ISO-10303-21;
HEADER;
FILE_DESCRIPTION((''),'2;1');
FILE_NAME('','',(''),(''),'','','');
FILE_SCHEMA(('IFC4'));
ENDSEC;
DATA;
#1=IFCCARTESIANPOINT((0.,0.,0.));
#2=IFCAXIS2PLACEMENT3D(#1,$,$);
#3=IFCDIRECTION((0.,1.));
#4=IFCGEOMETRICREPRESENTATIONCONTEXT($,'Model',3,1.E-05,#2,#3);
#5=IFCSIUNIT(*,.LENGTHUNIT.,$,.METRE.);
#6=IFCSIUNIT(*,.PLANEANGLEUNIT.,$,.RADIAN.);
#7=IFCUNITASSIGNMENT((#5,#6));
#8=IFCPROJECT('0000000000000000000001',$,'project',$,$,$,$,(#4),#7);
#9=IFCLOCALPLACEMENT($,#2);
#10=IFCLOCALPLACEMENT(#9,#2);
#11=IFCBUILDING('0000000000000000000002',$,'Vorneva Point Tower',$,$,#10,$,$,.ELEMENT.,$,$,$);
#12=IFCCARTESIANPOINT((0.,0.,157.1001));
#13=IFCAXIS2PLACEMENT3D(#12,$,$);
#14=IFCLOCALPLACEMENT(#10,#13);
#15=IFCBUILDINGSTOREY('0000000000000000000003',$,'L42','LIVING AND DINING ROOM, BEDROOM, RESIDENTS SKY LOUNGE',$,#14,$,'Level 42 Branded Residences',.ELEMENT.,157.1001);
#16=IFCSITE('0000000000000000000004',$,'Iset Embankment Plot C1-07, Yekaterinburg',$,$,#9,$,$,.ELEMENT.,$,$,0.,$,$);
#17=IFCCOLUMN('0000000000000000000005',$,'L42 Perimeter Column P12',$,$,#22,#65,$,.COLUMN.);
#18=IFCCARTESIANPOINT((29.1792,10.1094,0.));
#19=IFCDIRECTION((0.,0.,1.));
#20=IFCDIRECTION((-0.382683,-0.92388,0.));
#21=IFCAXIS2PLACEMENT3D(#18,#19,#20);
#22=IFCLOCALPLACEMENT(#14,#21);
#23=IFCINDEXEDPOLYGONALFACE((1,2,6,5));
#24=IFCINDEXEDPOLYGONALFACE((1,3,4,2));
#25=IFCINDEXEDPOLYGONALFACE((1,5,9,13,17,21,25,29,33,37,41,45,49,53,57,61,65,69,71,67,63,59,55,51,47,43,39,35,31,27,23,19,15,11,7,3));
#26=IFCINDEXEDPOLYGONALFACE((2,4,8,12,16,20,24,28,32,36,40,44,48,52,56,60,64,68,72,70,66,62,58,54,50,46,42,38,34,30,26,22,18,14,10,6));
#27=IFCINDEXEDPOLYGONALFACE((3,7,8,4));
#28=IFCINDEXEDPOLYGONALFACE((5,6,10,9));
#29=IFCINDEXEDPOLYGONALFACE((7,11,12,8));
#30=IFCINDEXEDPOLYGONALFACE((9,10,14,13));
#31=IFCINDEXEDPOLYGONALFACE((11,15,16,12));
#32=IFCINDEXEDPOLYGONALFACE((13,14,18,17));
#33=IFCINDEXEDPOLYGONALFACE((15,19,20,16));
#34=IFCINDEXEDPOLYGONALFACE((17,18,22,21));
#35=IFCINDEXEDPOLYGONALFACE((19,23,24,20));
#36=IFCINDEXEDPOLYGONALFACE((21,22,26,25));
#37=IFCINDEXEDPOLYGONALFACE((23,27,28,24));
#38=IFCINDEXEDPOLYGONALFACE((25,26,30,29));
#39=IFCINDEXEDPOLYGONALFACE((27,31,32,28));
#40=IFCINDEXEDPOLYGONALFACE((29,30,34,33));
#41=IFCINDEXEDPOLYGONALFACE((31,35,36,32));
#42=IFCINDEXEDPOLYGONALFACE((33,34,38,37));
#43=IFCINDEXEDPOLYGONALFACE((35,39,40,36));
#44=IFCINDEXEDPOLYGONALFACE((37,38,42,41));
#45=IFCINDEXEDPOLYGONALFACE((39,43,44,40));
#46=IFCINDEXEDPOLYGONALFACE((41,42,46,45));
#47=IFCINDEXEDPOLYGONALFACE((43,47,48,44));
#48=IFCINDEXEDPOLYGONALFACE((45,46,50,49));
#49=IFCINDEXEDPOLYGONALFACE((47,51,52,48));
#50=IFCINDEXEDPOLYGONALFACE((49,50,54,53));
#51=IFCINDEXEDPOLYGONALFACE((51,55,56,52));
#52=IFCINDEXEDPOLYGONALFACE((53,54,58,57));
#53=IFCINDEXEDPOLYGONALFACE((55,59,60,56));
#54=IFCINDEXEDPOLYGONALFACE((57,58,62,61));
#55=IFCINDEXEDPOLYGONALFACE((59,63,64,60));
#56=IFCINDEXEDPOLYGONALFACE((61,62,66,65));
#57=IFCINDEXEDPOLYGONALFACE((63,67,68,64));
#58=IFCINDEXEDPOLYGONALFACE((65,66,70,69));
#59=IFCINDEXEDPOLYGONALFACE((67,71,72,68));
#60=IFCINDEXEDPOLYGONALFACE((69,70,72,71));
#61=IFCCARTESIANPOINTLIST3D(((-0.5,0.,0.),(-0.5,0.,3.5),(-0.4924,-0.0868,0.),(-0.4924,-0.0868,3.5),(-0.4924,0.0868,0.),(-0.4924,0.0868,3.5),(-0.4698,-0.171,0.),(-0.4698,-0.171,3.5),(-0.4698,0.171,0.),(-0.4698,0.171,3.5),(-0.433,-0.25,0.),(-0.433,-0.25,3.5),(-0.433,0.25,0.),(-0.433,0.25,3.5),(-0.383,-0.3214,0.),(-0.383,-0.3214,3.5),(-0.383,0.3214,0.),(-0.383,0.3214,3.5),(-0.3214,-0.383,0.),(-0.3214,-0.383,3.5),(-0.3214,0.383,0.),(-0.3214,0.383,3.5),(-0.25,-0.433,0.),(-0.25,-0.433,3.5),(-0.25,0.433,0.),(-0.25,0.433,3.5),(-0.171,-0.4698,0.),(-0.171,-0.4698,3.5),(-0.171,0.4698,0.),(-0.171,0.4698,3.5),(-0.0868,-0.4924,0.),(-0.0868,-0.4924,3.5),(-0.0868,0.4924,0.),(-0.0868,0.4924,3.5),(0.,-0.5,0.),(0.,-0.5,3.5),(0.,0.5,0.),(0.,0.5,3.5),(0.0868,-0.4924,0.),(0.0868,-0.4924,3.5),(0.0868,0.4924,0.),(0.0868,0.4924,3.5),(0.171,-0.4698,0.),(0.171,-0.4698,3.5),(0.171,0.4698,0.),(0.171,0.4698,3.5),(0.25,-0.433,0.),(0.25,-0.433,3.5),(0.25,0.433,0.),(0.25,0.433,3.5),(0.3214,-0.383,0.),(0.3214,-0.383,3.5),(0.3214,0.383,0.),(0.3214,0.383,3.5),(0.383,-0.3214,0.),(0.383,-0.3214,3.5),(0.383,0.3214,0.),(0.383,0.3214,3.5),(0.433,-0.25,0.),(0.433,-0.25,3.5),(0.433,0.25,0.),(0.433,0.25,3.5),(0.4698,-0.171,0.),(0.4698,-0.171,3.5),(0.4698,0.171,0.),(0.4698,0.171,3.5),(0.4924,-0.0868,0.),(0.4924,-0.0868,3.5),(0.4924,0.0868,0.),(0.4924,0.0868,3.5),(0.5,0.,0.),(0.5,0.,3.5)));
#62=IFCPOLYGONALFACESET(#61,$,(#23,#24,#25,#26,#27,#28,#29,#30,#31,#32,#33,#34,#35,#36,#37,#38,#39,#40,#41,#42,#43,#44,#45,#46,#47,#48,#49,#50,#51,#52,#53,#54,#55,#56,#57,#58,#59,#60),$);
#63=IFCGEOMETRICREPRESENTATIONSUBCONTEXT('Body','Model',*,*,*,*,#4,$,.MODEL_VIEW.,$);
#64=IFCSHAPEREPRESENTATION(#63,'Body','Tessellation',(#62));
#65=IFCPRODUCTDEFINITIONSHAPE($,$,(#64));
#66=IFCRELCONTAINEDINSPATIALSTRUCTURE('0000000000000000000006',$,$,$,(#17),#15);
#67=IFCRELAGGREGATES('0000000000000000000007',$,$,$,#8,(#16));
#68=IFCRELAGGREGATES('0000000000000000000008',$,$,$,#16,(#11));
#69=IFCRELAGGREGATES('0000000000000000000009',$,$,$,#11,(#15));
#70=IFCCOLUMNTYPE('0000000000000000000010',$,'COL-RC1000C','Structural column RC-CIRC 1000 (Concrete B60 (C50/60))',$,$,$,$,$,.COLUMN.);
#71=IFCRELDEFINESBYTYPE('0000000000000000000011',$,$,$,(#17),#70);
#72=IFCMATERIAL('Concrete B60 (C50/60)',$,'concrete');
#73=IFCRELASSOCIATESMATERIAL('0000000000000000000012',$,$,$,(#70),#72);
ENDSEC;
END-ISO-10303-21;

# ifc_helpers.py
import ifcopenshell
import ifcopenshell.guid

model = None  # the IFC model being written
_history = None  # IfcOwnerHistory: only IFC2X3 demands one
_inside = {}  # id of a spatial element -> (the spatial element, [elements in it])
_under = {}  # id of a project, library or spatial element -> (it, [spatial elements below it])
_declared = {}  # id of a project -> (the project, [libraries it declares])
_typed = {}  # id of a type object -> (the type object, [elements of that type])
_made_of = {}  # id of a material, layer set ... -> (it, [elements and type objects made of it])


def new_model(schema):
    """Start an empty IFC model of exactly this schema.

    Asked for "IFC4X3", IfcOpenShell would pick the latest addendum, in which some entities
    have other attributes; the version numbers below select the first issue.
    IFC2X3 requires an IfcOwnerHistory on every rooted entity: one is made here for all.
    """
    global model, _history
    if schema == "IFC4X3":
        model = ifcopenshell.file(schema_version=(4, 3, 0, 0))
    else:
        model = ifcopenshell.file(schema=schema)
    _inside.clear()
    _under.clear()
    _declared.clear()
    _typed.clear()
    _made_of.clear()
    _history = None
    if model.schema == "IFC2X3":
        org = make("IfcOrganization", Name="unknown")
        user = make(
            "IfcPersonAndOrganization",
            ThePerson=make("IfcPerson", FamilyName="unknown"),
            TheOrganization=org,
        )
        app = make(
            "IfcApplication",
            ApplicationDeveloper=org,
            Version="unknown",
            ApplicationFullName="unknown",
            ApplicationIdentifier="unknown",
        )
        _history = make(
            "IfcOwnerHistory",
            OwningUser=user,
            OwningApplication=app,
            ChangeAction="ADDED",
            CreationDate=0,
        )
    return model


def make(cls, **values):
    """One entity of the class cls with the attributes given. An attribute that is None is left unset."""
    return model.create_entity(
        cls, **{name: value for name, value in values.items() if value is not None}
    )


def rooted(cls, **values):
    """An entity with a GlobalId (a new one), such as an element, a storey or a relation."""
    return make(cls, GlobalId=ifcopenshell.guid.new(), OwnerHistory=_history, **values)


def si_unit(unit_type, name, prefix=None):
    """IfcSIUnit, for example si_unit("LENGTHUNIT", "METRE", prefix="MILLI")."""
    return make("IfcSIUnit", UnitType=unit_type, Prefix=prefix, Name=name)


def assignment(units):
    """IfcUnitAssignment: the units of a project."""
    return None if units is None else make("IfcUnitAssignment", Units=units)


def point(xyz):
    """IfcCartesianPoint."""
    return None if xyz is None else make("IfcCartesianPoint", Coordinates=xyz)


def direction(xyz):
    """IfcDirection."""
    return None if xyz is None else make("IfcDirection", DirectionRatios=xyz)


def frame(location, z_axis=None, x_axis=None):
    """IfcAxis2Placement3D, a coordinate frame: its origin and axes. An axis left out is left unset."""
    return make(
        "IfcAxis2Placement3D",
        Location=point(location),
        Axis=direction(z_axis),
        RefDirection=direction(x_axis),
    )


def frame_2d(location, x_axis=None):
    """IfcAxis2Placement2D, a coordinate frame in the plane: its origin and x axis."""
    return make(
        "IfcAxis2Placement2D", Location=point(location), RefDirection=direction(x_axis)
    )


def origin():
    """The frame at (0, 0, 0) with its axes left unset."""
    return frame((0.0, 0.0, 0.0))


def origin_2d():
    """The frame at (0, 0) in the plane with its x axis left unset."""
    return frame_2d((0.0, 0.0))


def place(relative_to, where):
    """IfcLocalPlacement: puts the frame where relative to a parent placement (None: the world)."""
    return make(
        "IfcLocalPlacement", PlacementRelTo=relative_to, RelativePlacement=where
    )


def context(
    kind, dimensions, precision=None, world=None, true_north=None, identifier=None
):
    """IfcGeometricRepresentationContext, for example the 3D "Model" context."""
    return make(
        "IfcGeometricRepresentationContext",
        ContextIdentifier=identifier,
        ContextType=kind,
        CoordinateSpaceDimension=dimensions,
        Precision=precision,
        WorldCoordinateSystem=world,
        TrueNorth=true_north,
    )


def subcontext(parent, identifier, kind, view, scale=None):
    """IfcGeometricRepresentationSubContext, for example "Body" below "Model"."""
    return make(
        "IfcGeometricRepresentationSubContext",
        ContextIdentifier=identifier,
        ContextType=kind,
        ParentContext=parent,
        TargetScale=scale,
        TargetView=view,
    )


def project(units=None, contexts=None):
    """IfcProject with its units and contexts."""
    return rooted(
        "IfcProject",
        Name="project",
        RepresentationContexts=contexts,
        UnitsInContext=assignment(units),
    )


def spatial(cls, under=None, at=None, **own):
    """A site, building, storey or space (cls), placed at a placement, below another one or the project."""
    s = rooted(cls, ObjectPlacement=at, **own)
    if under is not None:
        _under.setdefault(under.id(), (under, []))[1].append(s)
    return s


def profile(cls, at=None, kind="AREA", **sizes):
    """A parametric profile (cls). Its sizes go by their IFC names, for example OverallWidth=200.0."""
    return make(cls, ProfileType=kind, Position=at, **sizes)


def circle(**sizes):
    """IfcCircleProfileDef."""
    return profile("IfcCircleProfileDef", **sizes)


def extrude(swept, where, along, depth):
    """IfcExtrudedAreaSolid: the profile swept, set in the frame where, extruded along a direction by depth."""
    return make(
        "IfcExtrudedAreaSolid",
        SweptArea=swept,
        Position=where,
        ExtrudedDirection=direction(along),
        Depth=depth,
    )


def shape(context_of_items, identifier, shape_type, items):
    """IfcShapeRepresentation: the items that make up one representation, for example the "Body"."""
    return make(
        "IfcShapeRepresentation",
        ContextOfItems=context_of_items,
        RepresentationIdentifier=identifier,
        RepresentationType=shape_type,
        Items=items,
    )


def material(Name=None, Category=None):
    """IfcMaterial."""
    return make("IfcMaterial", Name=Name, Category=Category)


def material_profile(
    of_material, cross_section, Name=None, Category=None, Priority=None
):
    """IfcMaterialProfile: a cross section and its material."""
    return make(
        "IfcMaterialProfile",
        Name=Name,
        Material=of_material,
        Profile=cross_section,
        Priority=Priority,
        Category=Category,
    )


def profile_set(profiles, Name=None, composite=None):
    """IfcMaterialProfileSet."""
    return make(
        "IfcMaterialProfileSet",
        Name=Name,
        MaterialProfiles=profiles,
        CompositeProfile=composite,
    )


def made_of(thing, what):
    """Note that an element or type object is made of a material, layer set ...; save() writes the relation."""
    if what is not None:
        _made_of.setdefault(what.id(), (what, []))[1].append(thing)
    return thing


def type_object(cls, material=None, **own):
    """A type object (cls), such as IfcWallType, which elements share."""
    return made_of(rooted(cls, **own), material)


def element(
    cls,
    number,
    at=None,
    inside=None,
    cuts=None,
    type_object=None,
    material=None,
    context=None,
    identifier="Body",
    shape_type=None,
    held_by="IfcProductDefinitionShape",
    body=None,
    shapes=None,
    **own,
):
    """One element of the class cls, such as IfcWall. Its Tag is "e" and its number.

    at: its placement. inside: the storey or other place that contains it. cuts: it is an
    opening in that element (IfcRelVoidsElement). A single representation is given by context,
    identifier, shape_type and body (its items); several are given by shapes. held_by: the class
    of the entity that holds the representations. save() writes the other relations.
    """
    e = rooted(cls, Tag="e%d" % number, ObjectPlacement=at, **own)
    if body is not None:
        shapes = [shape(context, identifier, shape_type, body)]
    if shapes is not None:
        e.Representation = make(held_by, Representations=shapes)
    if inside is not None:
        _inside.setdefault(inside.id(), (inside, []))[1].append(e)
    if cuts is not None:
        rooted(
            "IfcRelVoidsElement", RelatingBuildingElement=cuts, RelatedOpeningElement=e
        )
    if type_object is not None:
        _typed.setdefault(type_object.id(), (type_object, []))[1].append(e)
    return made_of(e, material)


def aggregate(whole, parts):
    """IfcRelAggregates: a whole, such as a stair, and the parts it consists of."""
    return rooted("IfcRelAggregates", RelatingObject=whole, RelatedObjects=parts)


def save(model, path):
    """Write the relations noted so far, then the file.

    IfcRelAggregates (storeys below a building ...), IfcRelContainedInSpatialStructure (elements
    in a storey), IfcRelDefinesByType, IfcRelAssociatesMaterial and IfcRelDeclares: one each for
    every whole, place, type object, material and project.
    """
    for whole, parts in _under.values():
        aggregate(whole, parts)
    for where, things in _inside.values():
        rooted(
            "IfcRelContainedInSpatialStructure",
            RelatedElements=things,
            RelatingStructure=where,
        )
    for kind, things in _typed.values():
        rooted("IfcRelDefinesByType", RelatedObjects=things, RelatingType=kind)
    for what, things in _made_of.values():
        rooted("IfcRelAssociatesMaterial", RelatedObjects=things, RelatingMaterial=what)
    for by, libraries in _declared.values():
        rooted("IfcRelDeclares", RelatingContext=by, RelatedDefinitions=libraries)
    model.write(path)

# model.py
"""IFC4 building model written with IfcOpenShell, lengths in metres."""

from ifc_helpers import new_model, si_unit, direction, frame, origin, origin_2d, place, context, subcontext, project, spatial, circle, extrude, material, material_profile, profile_set, type_object, element, save


model = new_model("IFC4")

# Units and contexts
model_context = context("Model", 3, precision=1e-05, world=origin(), true_north=direction((0.0, 1.0)))
body_context = subcontext(model_context, "Body", "Model", "MODEL_VIEW")
ifc_project = project(units=[si_unit("LENGTHUNIT", "METRE"), si_unit("PLANEANGLEUNIT", "RADIAN")], contexts=[model_context])

# Site, building, storey
site_placement = place(None, origin())
site = spatial("IfcSite", under=ifc_project, at=site_placement, Name="Iset Embankment Plot C1-07, Yekaterinburg", CompositionType="ELEMENT", RefElevation=0.0)
building_placement = place(site_placement, origin())
building = spatial("IfcBuilding", under=site, at=building_placement, Name="Vorneva Point Tower", CompositionType="ELEMENT")
storey_placement = place(building_placement, frame((0.0, 0.0, 157.1001)))
storey = spatial("IfcBuildingStorey", under=building, at=storey_placement, Name="L42", Description="LIVING AND DINING ROOM, BEDROOM, RESIDENTS SKY LOUNGE", LongName="Level 42 Branded Residences", CompositionType="ELEMENT", Elevation=157.1001)

# Column
ifc_material_1 = material(Name="Concrete B60 (C50/60)", Category="concrete")
ifc_material_profile_1 = material_profile(ifc_material_1, circle(Radius=0.5, at=origin_2d()), Name="RC-CIRC 1000")
ifc_profile_set_1 = profile_set([ifc_material_profile_1], Name="Concrete B60 (C50/60)")
column_type = type_object("IfcColumnType", Name="COL-RC1000C", Description="Structural column RC-CIRC 1000 (Concrete B60 (C50/60))", PredefinedType="COLUMN", material=ifc_profile_set_1)
column_placement = place(storey_placement, frame((29.1792, 10.1094, 0.0), z_axis=(0.0, 0.0, 1.0), x_axis=(-0.382683, -0.92388, 0.0)))
element("IfcColumn", 1, at=column_placement, inside=storey, type_object=column_type, Name="L42 Perimeter Column P12", PredefinedType="COLUMN", context=body_context, shape_type="SweptSolid", body=[
    extrude(circle(Radius=0.5, at=origin_2d()), origin(), (0.0, 0.0, 1.0), 3.5),
])

save(model, "model.ifc")
